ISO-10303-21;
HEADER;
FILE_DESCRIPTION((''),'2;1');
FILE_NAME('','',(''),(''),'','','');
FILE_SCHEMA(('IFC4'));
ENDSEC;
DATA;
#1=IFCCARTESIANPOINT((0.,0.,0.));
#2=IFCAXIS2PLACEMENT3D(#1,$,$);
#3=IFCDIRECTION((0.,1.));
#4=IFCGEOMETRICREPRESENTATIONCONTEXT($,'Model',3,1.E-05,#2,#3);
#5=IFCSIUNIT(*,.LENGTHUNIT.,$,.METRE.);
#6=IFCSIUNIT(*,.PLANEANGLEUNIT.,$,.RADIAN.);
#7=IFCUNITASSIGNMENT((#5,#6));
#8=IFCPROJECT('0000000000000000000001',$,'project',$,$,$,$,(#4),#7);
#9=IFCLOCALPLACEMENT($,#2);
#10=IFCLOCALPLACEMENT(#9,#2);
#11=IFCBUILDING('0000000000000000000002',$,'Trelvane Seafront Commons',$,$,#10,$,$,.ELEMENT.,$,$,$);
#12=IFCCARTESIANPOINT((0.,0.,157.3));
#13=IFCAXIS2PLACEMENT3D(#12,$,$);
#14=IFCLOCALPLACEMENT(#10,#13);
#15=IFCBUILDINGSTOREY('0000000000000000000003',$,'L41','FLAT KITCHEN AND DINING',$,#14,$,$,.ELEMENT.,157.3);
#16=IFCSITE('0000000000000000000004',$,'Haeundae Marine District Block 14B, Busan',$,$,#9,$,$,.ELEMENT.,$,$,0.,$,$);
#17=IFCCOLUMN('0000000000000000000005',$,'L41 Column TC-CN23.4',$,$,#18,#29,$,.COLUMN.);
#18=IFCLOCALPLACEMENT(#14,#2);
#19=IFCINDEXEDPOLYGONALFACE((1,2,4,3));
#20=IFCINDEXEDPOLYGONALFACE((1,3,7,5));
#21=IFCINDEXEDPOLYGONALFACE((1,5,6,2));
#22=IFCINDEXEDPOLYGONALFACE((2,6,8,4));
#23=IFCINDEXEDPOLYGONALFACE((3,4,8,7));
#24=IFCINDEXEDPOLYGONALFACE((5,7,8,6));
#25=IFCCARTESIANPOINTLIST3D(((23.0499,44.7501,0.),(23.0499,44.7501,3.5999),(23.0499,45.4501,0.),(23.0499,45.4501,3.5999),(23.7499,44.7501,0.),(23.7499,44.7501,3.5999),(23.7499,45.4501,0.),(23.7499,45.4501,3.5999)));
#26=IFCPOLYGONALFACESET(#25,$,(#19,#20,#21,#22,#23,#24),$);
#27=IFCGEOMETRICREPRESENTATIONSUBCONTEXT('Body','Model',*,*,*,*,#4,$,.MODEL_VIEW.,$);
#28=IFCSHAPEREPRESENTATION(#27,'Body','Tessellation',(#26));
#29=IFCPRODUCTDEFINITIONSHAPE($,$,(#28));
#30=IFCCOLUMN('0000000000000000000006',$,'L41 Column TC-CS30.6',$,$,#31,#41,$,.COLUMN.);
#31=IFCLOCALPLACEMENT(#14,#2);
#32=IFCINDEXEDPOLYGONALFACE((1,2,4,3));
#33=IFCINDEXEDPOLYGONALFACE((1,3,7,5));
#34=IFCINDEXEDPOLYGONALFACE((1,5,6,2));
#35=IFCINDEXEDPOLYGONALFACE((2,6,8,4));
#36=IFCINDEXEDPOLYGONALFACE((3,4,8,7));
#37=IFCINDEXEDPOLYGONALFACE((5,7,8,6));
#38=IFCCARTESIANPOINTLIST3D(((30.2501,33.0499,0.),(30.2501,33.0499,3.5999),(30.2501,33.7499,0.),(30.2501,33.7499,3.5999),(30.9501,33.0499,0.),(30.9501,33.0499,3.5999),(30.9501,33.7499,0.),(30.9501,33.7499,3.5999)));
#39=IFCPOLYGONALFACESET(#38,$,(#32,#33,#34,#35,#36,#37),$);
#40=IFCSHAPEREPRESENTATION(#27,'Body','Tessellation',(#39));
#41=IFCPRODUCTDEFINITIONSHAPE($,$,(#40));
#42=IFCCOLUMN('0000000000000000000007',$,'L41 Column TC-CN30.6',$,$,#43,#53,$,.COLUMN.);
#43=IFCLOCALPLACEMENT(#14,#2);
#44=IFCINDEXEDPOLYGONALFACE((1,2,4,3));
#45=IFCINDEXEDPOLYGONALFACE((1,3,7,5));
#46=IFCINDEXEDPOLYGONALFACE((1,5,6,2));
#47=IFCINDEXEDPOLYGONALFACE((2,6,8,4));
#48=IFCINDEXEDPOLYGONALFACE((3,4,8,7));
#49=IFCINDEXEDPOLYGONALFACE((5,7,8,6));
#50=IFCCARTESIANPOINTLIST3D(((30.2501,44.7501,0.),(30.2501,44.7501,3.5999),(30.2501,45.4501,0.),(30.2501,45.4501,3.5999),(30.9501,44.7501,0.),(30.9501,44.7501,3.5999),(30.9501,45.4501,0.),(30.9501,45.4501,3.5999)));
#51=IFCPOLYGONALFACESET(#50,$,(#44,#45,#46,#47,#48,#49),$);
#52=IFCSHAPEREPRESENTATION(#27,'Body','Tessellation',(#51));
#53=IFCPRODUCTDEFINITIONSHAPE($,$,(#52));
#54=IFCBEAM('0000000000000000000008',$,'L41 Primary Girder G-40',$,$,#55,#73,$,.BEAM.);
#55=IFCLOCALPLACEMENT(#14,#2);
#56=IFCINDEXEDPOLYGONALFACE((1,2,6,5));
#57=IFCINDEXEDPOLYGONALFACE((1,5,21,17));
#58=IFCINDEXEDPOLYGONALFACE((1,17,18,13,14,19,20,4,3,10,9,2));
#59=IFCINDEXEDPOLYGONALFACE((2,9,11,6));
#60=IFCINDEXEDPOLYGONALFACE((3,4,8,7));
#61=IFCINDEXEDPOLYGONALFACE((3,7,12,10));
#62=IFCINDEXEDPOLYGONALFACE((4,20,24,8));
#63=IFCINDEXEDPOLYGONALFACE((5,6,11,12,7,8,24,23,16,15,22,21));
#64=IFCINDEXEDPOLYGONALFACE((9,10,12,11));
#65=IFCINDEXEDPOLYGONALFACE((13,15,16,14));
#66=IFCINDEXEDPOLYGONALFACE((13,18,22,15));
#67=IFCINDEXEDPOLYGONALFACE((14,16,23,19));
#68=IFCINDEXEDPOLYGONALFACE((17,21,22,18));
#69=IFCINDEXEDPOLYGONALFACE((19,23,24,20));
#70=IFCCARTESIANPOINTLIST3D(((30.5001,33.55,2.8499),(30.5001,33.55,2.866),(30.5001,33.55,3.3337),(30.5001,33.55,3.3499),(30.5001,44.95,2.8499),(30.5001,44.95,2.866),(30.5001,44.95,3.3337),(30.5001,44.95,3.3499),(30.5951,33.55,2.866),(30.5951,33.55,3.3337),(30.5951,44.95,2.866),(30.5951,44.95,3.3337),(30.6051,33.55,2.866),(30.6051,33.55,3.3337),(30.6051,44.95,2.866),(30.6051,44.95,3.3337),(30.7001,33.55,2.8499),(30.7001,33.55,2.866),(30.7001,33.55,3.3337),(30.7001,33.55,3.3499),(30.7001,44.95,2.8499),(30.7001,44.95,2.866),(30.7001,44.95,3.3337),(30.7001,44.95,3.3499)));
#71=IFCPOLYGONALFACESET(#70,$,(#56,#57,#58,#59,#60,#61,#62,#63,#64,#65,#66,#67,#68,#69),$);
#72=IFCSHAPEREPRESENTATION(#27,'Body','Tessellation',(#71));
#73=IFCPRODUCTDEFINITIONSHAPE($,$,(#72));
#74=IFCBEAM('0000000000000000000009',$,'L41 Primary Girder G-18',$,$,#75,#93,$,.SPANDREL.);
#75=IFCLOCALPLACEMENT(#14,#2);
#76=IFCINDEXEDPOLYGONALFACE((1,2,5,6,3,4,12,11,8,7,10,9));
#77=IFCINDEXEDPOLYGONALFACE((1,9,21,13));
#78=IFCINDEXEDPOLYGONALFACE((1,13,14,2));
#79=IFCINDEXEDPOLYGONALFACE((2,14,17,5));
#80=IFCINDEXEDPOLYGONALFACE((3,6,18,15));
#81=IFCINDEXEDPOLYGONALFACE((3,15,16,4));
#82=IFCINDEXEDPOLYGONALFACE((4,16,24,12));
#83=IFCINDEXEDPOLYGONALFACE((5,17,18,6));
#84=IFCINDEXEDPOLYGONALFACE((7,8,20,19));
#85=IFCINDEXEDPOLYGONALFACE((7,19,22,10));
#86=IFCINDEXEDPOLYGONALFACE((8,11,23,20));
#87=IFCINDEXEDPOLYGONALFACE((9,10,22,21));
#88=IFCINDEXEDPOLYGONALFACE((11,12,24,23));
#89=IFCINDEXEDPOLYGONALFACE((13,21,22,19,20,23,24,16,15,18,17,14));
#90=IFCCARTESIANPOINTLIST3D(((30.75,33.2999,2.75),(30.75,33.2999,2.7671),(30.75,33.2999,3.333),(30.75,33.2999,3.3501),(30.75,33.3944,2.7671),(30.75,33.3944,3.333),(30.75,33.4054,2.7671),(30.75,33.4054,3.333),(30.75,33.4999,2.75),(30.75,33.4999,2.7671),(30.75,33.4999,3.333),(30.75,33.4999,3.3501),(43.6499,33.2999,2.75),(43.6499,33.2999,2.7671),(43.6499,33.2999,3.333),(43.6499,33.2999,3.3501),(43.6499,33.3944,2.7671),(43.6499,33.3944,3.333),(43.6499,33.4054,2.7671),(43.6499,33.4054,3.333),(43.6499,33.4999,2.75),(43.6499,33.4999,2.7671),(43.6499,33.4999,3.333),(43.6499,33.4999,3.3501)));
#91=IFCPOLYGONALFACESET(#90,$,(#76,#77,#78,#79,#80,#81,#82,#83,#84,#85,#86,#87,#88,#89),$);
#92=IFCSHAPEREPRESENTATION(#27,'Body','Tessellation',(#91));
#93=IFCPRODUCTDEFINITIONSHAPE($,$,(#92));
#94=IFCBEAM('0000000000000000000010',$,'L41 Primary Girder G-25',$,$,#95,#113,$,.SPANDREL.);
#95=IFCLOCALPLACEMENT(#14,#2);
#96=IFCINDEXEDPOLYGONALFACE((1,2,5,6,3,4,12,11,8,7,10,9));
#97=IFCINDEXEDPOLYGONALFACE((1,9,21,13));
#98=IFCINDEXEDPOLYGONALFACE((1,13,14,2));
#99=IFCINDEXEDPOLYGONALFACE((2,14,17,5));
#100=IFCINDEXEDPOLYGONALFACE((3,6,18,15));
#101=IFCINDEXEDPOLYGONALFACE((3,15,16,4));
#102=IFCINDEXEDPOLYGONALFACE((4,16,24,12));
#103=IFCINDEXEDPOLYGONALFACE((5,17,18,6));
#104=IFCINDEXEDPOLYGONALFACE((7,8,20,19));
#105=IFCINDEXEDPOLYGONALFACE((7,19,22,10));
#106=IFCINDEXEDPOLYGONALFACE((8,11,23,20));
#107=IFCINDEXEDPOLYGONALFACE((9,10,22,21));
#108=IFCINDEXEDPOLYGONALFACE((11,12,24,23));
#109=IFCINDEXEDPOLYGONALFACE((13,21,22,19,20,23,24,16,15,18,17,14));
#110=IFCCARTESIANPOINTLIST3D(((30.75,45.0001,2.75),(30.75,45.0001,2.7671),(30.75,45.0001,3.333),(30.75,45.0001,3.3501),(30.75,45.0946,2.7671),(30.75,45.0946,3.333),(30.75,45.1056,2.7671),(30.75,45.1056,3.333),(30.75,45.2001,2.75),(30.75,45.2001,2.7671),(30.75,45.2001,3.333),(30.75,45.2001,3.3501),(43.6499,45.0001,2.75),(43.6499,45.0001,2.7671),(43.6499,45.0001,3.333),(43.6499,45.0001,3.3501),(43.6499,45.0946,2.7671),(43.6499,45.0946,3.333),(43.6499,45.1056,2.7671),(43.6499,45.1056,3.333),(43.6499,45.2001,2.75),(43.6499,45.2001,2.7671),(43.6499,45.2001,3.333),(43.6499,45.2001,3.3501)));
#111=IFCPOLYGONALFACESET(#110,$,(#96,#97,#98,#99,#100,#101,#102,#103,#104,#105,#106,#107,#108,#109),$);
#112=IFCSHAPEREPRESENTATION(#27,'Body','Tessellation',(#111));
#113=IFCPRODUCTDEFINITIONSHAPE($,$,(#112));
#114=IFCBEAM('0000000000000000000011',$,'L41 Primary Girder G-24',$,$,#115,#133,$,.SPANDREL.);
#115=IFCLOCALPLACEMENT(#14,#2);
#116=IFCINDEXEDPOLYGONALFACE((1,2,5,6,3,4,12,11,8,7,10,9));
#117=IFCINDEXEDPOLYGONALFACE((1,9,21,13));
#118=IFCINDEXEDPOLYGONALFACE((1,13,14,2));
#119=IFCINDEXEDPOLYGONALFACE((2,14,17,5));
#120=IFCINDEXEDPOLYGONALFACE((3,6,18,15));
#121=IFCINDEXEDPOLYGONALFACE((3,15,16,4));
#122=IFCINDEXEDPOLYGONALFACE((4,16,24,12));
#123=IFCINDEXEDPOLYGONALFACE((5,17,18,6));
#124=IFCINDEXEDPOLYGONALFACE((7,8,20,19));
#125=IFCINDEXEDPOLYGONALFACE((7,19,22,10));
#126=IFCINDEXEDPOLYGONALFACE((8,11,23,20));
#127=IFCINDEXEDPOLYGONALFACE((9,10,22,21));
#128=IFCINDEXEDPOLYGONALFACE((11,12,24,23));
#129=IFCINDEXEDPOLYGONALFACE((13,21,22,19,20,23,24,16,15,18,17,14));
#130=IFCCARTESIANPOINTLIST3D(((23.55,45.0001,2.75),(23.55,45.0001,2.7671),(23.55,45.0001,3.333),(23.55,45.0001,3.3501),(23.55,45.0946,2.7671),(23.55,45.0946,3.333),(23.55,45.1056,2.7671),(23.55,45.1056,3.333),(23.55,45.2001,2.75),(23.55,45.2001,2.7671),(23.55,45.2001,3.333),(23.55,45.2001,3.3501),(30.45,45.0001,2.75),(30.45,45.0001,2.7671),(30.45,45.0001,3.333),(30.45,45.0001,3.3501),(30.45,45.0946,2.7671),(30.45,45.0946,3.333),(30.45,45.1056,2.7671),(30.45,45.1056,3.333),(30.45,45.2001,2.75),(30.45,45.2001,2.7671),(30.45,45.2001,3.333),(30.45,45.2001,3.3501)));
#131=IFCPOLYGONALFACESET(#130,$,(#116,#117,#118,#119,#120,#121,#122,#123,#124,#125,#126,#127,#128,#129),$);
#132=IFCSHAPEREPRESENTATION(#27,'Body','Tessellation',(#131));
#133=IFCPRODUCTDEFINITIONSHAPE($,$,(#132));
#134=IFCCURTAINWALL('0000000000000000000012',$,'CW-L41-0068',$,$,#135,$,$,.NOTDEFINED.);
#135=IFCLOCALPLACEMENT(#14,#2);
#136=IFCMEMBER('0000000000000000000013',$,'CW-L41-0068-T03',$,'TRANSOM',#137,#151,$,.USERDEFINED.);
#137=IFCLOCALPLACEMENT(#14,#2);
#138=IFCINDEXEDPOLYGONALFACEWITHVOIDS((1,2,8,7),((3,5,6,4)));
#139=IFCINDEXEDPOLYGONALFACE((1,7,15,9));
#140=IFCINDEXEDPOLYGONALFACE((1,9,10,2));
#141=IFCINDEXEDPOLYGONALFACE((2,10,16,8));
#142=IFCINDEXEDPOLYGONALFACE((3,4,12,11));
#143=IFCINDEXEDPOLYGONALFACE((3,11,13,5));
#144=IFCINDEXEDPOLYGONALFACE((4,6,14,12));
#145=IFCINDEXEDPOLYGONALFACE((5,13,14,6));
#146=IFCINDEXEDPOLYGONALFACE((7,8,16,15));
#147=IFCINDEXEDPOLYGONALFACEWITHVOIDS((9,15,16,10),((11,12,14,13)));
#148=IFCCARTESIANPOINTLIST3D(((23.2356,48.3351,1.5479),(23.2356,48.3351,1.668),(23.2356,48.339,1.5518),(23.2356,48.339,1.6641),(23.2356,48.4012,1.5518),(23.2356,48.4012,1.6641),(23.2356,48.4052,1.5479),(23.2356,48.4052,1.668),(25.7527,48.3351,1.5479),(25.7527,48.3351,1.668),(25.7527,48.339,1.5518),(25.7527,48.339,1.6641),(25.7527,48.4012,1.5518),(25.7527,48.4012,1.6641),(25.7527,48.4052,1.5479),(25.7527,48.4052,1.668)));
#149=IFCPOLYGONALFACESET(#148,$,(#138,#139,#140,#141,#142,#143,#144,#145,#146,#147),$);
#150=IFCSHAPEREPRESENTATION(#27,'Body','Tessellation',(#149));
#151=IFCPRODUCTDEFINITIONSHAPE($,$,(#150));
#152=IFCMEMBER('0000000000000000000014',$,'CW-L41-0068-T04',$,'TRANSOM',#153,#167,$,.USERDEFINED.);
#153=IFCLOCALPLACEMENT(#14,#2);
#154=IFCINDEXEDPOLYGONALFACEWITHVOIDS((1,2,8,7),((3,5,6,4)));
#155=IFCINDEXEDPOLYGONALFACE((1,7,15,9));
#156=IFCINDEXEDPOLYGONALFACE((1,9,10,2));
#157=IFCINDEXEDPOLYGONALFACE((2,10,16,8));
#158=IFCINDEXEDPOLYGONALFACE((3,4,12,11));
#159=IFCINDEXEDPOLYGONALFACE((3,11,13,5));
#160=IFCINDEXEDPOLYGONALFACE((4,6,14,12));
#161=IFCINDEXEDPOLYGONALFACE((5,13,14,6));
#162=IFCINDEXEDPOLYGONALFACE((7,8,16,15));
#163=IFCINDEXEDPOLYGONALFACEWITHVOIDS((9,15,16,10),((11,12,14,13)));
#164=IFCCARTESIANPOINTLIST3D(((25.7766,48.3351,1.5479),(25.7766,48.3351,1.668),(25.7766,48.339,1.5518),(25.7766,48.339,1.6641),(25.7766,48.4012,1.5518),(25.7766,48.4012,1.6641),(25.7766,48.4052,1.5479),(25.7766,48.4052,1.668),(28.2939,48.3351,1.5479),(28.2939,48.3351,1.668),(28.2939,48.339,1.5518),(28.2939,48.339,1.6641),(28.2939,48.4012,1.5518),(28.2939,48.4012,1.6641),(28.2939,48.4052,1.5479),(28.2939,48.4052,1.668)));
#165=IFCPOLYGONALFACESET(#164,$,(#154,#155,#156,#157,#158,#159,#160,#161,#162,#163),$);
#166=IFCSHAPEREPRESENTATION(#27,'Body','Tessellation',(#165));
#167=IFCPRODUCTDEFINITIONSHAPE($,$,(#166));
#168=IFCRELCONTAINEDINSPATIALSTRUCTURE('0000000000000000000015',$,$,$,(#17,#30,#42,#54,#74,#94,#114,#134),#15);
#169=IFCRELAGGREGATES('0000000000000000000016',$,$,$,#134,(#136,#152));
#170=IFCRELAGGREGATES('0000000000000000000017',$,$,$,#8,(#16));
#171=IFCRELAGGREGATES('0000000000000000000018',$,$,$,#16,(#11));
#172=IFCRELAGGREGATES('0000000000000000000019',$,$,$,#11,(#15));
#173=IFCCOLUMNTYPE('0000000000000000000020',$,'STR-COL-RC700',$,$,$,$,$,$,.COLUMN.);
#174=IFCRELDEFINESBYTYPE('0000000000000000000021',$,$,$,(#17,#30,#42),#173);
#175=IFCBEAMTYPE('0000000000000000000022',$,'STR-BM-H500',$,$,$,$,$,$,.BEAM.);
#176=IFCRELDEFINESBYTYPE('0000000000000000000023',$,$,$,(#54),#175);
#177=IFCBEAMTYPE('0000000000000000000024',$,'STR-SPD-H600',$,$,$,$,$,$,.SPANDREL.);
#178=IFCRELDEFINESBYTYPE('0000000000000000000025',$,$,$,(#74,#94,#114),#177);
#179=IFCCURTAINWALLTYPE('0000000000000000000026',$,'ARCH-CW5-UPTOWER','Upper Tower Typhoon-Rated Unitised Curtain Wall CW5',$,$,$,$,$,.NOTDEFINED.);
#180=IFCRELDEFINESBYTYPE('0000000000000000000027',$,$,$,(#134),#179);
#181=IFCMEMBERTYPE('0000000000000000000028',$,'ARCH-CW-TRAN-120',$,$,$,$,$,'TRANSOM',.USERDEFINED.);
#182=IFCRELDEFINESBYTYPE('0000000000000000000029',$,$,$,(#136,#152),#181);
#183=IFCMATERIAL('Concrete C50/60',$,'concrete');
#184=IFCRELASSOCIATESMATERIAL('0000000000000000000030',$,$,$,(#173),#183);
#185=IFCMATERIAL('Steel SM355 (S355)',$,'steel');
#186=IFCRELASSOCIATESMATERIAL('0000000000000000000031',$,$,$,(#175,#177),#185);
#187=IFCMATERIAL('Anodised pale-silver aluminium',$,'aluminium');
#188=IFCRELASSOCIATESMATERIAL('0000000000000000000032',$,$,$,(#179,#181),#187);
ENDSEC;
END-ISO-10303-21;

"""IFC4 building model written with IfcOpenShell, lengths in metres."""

from ifc_helpers import new_model, si_unit, direction, frame, origin, origin_2d, place, context, subcontext, project, spatial, rectangle, hollow_rectangle, i_section, extrude, source, transform, mapped, material, material_profile, profile_set, type_object, element, aggregate, save


model = new_model("IFC4")

# Units and contexts
model_context = context("Model", 3, precision=1e-05, world=origin(), true_north=direction((0.0, 1.0)))
body_context = subcontext(model_context, "Body", "Model", "MODEL_VIEW")
ifc_project = project(units=[si_unit("LENGTHUNIT", "METRE"), si_unit("PLANEANGLEUNIT", "RADIAN")], contexts=[model_context])

# Site, building, storey
site_placement = place(None, origin())
site = spatial("IfcSite", under=ifc_project, at=site_placement, Name="Haeundae Marine District Block 14B, Busan", CompositionType="ELEMENT", RefElevation=0.0)
building_placement = place(site_placement, origin())
building = spatial("IfcBuilding", under=site, at=building_placement, Name="Trelvane Seafront Commons", CompositionType="ELEMENT")
storey_placement = place(building_placement, frame((0.0, 0.0, 157.3)))
storey = spatial("IfcBuildingStorey", under=building, at=storey_placement, Name="L41", Description="FLAT KITCHEN AND DINING", CompositionType="ELEMENT", Elevation=157.3)

# Columns
ifc_material_1 = material(Name="Concrete C50/60", Category="concrete")
ifc_material_profile_1 = material_profile(ifc_material_1, rectangle(XDim=0.7, YDim=0.7, at=origin_2d()), Name="RC-700x700")
ifc_profile_set_1 = profile_set([ifc_material_profile_1], Name="Concrete C50/60")
column_type = type_object("IfcColumnType", Name="STR-COL-RC700", PredefinedType="COLUMN", material=ifc_profile_set_1)
shared_shape_1 = source(origin(), body_context, "Body", "SweptSolid", [
    extrude(rectangle(XDim=0.7, YDim=0.7, at=origin_2d()), origin(), (0.0, 0.0, 1.0), 3.5999),
])
for number, where, z_axis, x_axis, name in (
    (1, (23.3999, 45.1001, 0.0), (0.0, 0.0, 1.0), (1.0, 0.0, 0.0), "L41 Column TC-CN23.4"),
    (2, (30.6001, 33.3999, 0.0), (0.0, 0.0, 1.0), (1.0, 0.0, 0.0), "L41 Column TC-CS30.6"),
    (3, (30.6001, 45.1001, 0.0), (0.0, 0.0, 1.0), (1.0, 0.0, 0.0), "L41 Column TC-CN30.6"),
):
    element("IfcColumn", number, at=place(storey_placement, frame(where, z_axis=z_axis, x_axis=x_axis)), inside=storey, type_object=column_type, Name=name, PredefinedType="COLUMN", context=body_context, shape_type="MappedRepresentation", body=[
        mapped(shared_shape_1, transform((0.0, 0.0, 0.0), x_axis=(1.0, 0.0, 0.0), y_axis=(0.0, 1.0, 0.0), z_axis=(0.0, 0.0, 1.0), scale=1.0)),
    ])

# Beams
ifc_material_2 = material(Name="Steel SM355 (S355)", Category="steel")
ifc_material_profile_2 = material_profile(ifc_material_2, i_section(OverallWidth=0.2, OverallDepth=0.5, WebThickness=0.01, FlangeThickness=0.0161, at=origin_2d()), Name="H-500x200x10x16")
ifc_profile_set_2 = profile_set([ifc_material_profile_2], Name="Steel SM355 (S355)")
beam_type_1 = type_object("IfcBeamType", Name="STR-BM-H500", PredefinedType="BEAM", material=ifc_profile_set_2)
shared_shape_2 = source(origin(), body_context, "Body", "SweptSolid", [
    extrude(i_section(OverallWidth=0.2, OverallDepth=0.5, WebThickness=0.01, FlangeThickness=0.0161, at=origin_2d()), origin(), (0.0, 0.0, 1.0), 11.3999),
])
beam_1_placement = place(storey_placement, frame((30.6001, 33.55, 3.0999), z_axis=(0.0, 1.0, 0.0), x_axis=(-1.0, 0.0, 0.0)))
element("IfcBeam", 4, at=beam_1_placement, inside=storey, type_object=beam_type_1, Name="L41 Primary Girder G-40", PredefinedType="BEAM", context=body_context, shape_type="MappedRepresentation", body=[
    mapped(shared_shape_2, transform((0.0, 0.0, 0.0), x_axis=(1.0, 0.0, 0.0), y_axis=(0.0, 1.0, 0.0), z_axis=(0.0, 0.0, 1.0), scale=1.0)),
])
ifc_material_profile_3 = material_profile(ifc_material_2, i_section(OverallWidth=0.2, OverallDepth=0.6001, WebThickness=0.011, FlangeThickness=0.0171, at=origin_2d()), Name="H-600x200x11x17")
ifc_profile_set_3 = profile_set([ifc_material_profile_3], Name="Steel SM355 (S355)")
beam_type_2 = type_object("IfcBeamType", Name="STR-SPD-H600", PredefinedType="SPANDREL", material=ifc_profile_set_3)
shared_shape_3 = source(origin(), body_context, "Body", "SweptSolid", [
    extrude(i_section(OverallWidth=0.2, OverallDepth=0.6001, WebThickness=0.011, FlangeThickness=0.0171, at=origin_2d()), origin(), (0.0, 0.0, 1.0), 12.8999),
])
for number, where, z_axis, x_axis, name in (
    (5, (30.75, 33.3999, 3.05), (1.0, 0.0, 0.0), (0.0, 1.0, 0.0), "L41 Primary Girder G-18"),
    (6, (30.75, 45.1001, 3.05), (1.0, 0.0, 0.0), (0.0, 1.0, 0.0), "L41 Primary Girder G-25"),
):
    element("IfcBeam", number, at=place(storey_placement, frame(where, z_axis=z_axis, x_axis=x_axis)), inside=storey, type_object=beam_type_2, Name=name, PredefinedType="SPANDREL", context=body_context, shape_type="MappedRepresentation", body=[
        mapped(shared_shape_3, transform((0.0, 0.0, 0.0), x_axis=(1.0, 0.0, 0.0), y_axis=(0.0, 1.0, 0.0), z_axis=(0.0, 0.0, 1.0), scale=1.0)),
    ])
shared_shape_4 = source(origin(), body_context, "Body", "SweptSolid", [
    extrude(i_section(OverallWidth=0.2, OverallDepth=0.6001, WebThickness=0.011, FlangeThickness=0.0171, at=origin_2d()), origin(), (0.0, 0.0, 1.0), 6.8999),
])
beam_2_placement = place(storey_placement, frame((23.55, 45.1001, 3.05), z_axis=(1.0, 0.0, 0.0), x_axis=(0.0, 1.0, 0.0)))
element("IfcBeam", 7, at=beam_2_placement, inside=storey, type_object=beam_type_2, Name="L41 Primary Girder G-24", PredefinedType="SPANDREL", context=body_context, shape_type="MappedRepresentation", body=[
    mapped(shared_shape_4, transform((0.0, 0.0, 0.0), x_axis=(1.0, 0.0, 0.0), y_axis=(0.0, 1.0, 0.0), z_axis=(0.0, 0.0, 1.0), scale=1.0)),
])

# Curtain wall, members
ifc_material_3 = material(Name="Anodised pale-silver aluminium", Category="aluminium")
curtain_wall_type = type_object("IfcCurtainWallType", Name="ARCH-CW5-UPTOWER", Description="Upper Tower Typhoon-Rated Unitised Curtain Wall CW5", PredefinedType="NOTDEFINED", material=ifc_material_3)
curtain_wall_placement = place(storey_placement, origin())
curtain_wall = element("IfcCurtainWall", 8, at=curtain_wall_placement, inside=storey, type_object=curtain_wall_type, Name="CW-L41-0068", PredefinedType="NOTDEFINED")
ifc_material_profile_4 = material_profile(ifc_material_3, hollow_rectangle(XDim=0.0701, YDim=0.1201, WallThickness=0.0039, at=origin_2d()), Name="TRAN-70x120x4")
ifc_profile_set_4 = profile_set([ifc_material_profile_4], Name="Anodised pale-silver aluminium")
member_type_1 = type_object("IfcMemberType", Name="ARCH-CW-TRAN-120", ElementType="TRANSOM", PredefinedType="USERDEFINED", material=ifc_profile_set_4)
shared_shape_5 = source(origin(), body_context, "Body", "SweptSolid", [
    extrude(hollow_rectangle(XDim=0.0701, YDim=0.1201, WallThickness=0.0039, at=origin_2d()), origin(), (0.0, 0.0, 1.0), 2.5171),
])
member_1_placement = place(storey_placement, frame((23.2356, 48.3701, 1.6079), z_axis=(1.0, 0.0, 0.0), x_axis=(0.0, 1.0, 0.0)))
member_1 = element("IfcMember", 9, at=member_1_placement, type_object=member_type_1, Name="CW-L41-0068-T03", ObjectType="TRANSOM", PredefinedType="USERDEFINED", context=body_context, shape_type="MappedRepresentation", body=[
    mapped(shared_shape_5, transform((0.0, 0.0, 0.0), x_axis=(1.0, 0.0, 0.0), y_axis=(0.0, 1.0, 0.0), z_axis=(0.0, 0.0, 1.0), scale=1.0)),
])
shared_shape_6 = source(origin(), body_context, "Body", "SweptSolid", [
    extrude(hollow_rectangle(XDim=0.0701, YDim=0.1201, WallThickness=0.0039, at=origin_2d()), origin(), (0.0, 0.0, 1.0), 2.5173),
])
member_2_placement = place(storey_placement, frame((25.7766, 48.3701, 1.6079), z_axis=(1.0, 0.0, 0.0), x_axis=(0.0, 1.0, 0.0)))
member_2 = element("IfcMember", 10, at=member_2_placement, type_object=member_type_1, Name="CW-L41-0068-T04", ObjectType="TRANSOM", PredefinedType="USERDEFINED", context=body_context, shape_type="MappedRepresentation", body=[
    mapped(shared_shape_6, transform((0.0, 0.0, 0.0), x_axis=(1.0, 0.0, 0.0), y_axis=(0.0, 1.0, 0.0), z_axis=(0.0, 0.0, 1.0), scale=1.0)),
])
aggregate(curtain_wall, [member_1, member_2])

save(model, "model.ifc")
